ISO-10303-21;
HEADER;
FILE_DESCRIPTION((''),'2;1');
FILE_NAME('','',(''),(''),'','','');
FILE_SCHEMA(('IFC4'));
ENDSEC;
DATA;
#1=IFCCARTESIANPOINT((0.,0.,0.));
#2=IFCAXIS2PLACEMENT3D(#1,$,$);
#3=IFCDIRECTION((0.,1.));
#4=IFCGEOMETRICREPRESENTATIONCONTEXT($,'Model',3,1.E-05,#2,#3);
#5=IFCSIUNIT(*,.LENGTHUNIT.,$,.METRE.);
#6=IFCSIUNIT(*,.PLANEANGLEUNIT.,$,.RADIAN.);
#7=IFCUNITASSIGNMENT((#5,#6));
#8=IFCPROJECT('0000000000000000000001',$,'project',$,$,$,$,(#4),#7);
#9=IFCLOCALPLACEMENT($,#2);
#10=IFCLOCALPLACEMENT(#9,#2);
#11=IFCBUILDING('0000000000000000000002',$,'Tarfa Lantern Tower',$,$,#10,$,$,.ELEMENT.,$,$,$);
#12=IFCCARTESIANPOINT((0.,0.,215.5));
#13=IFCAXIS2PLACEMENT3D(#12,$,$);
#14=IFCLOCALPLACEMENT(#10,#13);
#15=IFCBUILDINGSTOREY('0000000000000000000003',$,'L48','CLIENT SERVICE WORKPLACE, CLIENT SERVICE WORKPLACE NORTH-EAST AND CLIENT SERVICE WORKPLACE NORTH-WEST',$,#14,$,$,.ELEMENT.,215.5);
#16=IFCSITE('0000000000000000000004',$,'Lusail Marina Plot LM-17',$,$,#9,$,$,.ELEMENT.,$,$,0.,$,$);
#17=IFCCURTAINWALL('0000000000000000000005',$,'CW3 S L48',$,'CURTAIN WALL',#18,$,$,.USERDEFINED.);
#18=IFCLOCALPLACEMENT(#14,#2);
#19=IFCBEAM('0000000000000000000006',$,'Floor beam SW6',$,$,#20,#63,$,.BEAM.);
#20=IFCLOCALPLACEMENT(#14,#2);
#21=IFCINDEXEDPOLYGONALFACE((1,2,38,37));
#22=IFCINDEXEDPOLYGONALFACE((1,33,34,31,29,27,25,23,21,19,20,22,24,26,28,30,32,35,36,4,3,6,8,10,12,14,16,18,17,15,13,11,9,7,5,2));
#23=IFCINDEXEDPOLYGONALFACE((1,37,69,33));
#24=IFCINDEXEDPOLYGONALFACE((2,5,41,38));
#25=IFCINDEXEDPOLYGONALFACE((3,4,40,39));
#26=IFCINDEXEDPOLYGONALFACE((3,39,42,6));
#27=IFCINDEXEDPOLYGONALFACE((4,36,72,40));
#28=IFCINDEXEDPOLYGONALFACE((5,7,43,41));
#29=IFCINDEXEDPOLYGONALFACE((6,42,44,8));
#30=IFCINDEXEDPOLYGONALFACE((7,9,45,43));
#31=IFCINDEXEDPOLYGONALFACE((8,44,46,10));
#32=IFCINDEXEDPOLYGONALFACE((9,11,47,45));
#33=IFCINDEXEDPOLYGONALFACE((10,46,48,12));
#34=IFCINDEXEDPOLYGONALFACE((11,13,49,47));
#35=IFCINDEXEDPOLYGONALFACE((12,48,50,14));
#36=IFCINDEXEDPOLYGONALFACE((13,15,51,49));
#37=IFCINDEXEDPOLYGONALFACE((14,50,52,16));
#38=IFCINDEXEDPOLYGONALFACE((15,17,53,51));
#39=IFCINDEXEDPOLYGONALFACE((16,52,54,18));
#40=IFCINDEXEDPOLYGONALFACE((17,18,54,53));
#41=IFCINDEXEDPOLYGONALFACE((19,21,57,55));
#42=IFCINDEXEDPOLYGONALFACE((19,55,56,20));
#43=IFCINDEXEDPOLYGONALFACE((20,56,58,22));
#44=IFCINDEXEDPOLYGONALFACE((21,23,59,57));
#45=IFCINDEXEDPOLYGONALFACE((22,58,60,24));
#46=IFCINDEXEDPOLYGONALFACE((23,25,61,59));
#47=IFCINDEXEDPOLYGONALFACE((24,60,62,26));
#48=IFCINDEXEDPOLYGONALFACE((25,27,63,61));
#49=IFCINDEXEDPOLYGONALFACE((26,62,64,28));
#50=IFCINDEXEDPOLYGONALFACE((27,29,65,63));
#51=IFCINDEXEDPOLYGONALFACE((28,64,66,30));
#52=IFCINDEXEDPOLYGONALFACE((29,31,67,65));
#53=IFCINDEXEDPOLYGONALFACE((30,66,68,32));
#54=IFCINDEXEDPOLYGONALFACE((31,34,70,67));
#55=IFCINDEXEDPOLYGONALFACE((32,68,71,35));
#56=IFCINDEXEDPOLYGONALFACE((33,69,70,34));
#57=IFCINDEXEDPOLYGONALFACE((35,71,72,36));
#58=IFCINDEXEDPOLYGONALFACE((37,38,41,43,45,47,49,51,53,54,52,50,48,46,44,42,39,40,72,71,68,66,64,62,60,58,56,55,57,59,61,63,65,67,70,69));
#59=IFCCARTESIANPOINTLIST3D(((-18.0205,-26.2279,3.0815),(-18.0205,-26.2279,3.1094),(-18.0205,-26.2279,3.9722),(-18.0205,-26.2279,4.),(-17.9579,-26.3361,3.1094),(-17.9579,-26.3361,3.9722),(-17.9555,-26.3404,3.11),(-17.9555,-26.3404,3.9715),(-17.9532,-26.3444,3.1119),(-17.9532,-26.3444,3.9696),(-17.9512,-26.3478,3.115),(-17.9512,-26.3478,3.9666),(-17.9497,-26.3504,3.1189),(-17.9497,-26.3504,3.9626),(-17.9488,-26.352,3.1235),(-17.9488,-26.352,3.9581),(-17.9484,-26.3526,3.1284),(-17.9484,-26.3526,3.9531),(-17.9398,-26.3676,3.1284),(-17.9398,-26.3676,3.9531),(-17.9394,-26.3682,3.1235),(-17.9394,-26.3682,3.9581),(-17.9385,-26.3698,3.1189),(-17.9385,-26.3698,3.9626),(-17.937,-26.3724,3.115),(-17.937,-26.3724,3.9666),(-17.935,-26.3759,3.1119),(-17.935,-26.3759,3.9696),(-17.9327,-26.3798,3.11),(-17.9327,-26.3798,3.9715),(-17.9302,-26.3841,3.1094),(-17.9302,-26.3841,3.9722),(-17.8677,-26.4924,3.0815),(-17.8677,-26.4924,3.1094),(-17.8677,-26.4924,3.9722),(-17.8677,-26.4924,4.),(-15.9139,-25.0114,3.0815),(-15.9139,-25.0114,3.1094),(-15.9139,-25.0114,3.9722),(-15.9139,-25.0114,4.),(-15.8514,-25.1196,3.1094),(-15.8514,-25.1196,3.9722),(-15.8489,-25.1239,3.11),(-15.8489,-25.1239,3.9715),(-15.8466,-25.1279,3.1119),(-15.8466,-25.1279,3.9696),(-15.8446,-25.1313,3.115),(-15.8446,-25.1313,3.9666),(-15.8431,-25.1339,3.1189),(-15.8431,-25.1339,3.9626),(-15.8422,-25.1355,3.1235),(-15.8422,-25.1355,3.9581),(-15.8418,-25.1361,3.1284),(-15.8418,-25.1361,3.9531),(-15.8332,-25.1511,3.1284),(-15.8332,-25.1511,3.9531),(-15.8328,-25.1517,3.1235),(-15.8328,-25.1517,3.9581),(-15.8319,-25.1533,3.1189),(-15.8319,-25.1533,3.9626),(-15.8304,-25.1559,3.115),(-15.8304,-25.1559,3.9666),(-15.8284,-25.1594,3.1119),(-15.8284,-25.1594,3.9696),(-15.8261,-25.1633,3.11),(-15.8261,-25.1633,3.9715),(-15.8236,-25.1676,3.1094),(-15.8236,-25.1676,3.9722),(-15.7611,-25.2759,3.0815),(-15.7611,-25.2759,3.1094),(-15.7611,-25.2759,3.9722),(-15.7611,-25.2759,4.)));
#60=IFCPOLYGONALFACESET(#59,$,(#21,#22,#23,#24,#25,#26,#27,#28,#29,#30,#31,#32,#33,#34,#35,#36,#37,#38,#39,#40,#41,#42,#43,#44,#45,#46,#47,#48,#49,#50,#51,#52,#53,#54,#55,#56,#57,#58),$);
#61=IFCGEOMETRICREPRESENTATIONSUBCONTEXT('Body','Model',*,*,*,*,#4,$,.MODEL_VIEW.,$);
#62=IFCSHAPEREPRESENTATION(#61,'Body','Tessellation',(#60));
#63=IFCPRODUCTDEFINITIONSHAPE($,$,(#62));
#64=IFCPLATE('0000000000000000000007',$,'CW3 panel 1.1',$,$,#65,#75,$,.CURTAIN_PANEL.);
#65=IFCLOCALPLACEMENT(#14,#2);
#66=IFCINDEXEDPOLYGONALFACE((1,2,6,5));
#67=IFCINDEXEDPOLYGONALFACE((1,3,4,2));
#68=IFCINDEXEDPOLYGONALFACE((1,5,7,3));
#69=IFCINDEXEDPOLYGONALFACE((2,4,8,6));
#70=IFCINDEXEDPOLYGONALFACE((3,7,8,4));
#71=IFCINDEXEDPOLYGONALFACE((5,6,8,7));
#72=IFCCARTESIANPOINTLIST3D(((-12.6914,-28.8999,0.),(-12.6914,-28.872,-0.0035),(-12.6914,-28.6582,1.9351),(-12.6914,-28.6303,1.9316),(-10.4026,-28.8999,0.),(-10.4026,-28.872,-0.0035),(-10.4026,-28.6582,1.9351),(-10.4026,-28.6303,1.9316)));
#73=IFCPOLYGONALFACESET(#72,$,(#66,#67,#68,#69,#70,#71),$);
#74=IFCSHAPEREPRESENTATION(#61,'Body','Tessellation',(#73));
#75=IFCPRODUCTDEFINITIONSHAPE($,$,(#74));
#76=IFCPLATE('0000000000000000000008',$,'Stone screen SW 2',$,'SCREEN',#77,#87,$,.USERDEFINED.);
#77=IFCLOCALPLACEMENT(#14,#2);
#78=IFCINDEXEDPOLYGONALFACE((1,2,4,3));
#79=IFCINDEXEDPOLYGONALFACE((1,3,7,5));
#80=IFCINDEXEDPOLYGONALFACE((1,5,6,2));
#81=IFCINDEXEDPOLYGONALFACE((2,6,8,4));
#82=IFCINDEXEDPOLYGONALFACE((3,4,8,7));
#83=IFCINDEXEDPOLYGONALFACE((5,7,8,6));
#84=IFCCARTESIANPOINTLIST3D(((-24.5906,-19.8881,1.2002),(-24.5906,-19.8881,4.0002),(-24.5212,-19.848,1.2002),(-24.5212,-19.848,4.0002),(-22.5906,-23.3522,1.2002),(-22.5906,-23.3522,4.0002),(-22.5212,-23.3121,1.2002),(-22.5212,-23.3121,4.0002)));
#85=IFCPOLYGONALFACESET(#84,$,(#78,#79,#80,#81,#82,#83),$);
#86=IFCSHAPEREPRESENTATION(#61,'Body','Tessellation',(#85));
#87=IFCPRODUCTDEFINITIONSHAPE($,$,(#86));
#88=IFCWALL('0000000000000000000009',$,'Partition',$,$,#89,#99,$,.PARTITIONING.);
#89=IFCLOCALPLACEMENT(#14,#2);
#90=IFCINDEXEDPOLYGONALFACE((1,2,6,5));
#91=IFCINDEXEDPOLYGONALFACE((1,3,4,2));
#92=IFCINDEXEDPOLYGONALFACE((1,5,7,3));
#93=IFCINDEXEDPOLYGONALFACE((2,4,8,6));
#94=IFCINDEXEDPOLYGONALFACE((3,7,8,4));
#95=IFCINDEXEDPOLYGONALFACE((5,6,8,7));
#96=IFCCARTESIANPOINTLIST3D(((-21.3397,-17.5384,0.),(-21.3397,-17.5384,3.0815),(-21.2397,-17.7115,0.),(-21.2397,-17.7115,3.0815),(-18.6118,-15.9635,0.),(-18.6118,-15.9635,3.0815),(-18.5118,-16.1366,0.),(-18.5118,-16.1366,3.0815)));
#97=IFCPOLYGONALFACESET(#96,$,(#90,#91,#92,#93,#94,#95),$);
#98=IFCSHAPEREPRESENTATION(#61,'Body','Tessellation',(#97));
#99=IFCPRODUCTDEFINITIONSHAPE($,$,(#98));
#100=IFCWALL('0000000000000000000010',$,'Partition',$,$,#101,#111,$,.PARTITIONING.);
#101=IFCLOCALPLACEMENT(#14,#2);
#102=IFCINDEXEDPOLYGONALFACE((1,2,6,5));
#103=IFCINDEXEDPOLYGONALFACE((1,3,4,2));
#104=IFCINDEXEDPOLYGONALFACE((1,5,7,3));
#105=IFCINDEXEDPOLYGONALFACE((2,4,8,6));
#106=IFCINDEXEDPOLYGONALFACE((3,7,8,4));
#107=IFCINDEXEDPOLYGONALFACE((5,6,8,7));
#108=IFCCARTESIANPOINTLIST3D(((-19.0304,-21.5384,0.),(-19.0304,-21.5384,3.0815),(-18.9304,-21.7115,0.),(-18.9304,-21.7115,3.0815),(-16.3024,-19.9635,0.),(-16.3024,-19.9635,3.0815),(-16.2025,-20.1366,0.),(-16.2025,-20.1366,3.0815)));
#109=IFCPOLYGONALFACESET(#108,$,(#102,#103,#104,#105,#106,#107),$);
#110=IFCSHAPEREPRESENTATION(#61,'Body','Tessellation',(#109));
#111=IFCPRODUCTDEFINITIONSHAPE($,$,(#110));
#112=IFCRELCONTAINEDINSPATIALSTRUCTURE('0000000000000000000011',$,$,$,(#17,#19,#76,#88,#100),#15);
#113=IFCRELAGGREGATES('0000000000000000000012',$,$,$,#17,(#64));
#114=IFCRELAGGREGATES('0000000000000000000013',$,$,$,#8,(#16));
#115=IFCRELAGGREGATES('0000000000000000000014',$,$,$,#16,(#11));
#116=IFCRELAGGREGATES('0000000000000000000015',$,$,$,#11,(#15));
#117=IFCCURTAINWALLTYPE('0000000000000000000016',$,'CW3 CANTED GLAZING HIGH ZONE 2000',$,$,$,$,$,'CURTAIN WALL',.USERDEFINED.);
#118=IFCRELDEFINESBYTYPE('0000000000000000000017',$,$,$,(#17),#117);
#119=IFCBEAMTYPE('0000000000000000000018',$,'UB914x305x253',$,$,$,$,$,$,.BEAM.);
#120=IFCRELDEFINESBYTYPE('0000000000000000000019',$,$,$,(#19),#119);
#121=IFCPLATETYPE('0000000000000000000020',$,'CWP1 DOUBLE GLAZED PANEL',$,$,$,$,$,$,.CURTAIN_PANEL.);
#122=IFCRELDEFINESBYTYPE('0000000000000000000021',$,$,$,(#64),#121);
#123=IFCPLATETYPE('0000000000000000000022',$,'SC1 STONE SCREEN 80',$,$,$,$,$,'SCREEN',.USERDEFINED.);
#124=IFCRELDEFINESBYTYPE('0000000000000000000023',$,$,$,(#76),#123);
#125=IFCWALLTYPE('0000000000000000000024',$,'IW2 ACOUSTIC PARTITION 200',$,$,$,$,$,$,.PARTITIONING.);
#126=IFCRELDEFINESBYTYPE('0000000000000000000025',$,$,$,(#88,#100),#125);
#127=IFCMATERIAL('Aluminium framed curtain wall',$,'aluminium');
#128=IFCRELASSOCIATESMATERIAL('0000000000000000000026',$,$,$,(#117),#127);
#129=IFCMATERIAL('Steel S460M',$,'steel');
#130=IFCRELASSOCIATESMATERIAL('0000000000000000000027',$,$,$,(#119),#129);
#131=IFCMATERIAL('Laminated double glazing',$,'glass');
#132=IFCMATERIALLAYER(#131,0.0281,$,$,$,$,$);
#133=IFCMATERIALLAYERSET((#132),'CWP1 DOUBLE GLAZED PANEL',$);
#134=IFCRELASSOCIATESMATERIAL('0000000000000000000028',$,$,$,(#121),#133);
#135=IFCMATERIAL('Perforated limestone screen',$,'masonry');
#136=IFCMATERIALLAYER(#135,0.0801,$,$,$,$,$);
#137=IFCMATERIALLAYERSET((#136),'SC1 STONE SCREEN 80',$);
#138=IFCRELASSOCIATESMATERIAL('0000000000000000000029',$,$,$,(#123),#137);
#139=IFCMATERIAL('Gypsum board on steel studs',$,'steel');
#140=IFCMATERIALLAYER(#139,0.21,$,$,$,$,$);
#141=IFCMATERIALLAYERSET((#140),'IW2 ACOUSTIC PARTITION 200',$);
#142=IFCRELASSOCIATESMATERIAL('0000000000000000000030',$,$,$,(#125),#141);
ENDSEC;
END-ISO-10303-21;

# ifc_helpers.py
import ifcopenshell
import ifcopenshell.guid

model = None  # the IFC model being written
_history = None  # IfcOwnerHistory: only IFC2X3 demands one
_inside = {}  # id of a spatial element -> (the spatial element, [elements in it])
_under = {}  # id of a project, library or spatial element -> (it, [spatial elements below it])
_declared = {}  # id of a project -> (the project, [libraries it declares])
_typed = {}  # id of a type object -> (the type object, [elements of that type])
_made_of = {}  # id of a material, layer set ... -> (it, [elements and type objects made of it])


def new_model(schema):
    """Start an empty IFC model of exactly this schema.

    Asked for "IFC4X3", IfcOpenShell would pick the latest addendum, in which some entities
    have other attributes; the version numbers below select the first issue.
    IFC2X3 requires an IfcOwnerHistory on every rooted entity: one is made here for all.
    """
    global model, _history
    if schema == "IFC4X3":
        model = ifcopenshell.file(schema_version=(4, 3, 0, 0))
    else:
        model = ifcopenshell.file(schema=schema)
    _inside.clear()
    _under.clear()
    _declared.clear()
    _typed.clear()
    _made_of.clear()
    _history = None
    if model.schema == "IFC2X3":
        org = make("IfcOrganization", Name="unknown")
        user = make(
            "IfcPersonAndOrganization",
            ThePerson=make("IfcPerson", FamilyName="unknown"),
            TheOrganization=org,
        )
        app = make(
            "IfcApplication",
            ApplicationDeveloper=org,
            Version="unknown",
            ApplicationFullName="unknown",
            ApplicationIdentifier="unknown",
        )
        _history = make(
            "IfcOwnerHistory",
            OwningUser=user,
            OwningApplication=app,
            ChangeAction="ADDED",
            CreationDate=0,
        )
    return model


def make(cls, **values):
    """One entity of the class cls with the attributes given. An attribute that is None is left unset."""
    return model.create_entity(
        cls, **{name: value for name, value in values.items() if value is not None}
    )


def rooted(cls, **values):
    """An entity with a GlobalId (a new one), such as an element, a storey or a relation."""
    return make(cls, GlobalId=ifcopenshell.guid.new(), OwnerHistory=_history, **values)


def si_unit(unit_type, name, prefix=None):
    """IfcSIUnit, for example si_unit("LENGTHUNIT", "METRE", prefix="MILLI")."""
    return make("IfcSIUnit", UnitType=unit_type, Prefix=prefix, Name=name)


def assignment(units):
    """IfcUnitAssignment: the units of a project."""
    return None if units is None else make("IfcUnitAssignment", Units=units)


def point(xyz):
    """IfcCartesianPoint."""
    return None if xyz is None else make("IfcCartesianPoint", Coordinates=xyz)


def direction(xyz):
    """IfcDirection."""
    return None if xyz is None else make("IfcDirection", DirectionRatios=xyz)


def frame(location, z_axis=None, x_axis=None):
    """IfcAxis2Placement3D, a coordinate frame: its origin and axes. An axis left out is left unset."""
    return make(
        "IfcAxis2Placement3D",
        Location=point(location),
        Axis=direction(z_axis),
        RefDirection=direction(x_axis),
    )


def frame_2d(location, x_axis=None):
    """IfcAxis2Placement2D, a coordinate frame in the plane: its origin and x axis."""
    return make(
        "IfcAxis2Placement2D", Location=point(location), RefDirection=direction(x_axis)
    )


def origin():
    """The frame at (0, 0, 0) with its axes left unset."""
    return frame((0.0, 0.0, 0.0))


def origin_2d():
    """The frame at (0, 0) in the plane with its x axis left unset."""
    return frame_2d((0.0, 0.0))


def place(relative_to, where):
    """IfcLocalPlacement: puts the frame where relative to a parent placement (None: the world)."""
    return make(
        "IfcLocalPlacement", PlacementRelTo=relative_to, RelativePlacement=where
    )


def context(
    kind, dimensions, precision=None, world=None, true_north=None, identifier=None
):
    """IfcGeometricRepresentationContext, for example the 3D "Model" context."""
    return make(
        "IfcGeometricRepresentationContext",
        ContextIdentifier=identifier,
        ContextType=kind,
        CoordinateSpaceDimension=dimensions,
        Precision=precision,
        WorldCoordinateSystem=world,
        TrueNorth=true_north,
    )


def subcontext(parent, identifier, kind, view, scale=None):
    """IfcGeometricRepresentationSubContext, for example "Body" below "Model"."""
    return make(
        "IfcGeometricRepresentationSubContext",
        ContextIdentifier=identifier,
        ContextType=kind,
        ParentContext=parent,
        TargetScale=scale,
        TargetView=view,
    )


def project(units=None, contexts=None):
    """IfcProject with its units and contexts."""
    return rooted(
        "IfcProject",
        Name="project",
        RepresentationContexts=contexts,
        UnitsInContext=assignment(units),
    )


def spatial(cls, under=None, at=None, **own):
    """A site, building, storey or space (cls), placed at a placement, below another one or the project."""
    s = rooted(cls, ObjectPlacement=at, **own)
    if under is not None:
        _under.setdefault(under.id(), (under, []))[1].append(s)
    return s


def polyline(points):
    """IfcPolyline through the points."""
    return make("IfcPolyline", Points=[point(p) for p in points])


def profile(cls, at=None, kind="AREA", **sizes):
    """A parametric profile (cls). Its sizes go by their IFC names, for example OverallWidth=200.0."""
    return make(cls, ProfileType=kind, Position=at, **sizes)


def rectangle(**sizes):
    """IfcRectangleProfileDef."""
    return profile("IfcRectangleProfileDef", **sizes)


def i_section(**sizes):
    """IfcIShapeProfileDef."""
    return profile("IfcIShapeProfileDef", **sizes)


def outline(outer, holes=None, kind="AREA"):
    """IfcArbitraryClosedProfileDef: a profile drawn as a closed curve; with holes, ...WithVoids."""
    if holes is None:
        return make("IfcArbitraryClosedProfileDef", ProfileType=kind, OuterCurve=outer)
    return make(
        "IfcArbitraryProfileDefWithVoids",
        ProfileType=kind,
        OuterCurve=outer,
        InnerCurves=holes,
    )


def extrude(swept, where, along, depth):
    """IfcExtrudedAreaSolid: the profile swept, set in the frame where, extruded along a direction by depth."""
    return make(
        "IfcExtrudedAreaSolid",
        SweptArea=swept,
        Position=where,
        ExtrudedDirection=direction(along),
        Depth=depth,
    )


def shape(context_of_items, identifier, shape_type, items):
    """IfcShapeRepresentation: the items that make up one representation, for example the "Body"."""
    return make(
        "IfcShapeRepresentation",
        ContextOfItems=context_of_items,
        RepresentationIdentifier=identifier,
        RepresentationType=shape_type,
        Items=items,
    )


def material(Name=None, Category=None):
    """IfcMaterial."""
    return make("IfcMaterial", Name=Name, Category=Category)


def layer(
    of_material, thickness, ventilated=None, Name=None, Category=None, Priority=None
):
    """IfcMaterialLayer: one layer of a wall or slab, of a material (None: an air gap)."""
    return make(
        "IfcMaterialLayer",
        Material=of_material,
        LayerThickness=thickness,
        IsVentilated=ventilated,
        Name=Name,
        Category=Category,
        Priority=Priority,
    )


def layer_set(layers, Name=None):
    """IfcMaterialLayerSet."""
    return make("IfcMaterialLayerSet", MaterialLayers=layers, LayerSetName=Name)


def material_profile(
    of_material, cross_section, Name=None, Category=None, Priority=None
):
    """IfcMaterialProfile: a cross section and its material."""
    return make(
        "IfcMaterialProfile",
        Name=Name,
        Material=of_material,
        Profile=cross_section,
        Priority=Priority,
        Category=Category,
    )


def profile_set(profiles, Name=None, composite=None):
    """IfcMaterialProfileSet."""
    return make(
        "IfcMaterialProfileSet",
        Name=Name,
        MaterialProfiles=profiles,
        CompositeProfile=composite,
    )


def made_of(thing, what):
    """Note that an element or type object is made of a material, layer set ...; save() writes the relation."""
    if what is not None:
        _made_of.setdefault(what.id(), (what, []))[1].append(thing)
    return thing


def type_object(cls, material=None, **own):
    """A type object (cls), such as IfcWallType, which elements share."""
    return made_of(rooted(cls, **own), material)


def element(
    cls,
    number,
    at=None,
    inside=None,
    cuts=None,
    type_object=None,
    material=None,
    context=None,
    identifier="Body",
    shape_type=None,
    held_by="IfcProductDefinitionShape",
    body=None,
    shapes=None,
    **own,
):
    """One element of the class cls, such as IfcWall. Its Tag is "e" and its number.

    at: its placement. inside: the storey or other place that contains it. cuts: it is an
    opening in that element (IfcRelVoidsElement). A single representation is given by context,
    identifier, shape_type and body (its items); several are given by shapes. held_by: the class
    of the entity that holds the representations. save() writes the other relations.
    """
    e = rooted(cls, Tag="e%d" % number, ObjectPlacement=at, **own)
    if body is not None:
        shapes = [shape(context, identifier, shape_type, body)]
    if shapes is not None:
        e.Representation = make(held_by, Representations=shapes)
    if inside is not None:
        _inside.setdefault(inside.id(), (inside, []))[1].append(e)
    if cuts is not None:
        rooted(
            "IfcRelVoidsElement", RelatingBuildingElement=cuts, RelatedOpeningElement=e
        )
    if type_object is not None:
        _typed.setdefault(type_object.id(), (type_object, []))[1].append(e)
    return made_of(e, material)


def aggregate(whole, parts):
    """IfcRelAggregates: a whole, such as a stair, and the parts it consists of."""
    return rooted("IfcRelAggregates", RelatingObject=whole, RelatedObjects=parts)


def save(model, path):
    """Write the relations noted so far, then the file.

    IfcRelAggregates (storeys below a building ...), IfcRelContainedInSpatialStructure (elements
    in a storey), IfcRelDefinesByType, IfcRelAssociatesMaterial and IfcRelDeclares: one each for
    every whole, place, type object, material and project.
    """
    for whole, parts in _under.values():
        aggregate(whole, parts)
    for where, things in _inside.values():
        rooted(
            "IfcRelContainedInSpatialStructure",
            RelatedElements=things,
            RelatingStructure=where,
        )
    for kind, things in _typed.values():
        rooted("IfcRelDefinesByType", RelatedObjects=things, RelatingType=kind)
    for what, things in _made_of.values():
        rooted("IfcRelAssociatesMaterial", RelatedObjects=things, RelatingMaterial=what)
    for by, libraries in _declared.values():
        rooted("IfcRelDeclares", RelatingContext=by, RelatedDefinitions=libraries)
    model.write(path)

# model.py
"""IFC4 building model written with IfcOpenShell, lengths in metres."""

from ifc_helpers import new_model, si_unit, direction, frame, frame_2d, origin, origin_2d, place, context, subcontext, project, spatial, polyline, rectangle, i_section, outline, extrude, material, layer, layer_set, material_profile, profile_set, type_object, element, aggregate, save


model = new_model("IFC4")

# Units and contexts
model_context = context("Model", 3, precision=1e-05, world=origin(), true_north=direction((0.0, 1.0)))
body_context = subcontext(model_context, "Body", "Model", "MODEL_VIEW")
ifc_project = project(units=[si_unit("LENGTHUNIT", "METRE"), si_unit("PLANEANGLEUNIT", "RADIAN")], contexts=[model_context])

# Site, building, storey
site_placement = place(None, origin())
site = spatial("IfcSite", under=ifc_project, at=site_placement, Name="Lusail Marina Plot LM-17", CompositionType="ELEMENT", RefElevation=0.0)
building_placement = place(site_placement, origin())
building = spatial("IfcBuilding", under=site, at=building_placement, Name="Tarfa Lantern Tower", CompositionType="ELEMENT")
storey_placement = place(building_placement, frame((0.0, 0.0, 215.5)))
storey = spatial("IfcBuildingStorey", under=building, at=storey_placement, Name="L48", Description="CLIENT SERVICE WORKPLACE, CLIENT SERVICE WORKPLACE NORTH-EAST AND CLIENT SERVICE WORKPLACE NORTH-WEST", CompositionType="ELEMENT", Elevation=215.5)

# Shared definitions
ifc_material_1 = material(Name="Steel S460M", Category="steel")

# Curtain wall
ifc_material_2 = material(Name="Aluminium framed curtain wall", Category="aluminium")
curtain_wall_type = type_object("IfcCurtainWallType", Name="CW3 CANTED GLAZING HIGH ZONE 2000", ElementType="CURTAIN WALL", PredefinedType="USERDEFINED", material=ifc_material_2)
curtain_wall_placement = place(storey_placement, origin())
curtain_wall = element("IfcCurtainWall", 1, at=curtain_wall_placement, inside=storey, type_object=curtain_wall_type, Name="CW3 S L48", ObjectType="CURTAIN WALL", PredefinedType="USERDEFINED")

# Beam
ifc_material_profile_1 = material_profile(ifc_material_1, i_section(OverallWidth=0.3054, OverallDepth=0.9185, WebThickness=0.0173, FlangeThickness=0.0278, FilletRadius=0.019, at=origin_2d()), Name="UB914x305x253")
ifc_profile_set_1 = profile_set([ifc_material_profile_1], Name="Steel S460M")
beam_type_1 = type_object("IfcBeamType", Name="UB914x305x253", PredefinedType="BEAM", material=ifc_profile_set_1)
beam_1_placement = place(storey_placement, frame((-17.9441, -26.3601, 3.5408), z_axis=(0.86598, 0.500079, 0.0), x_axis=(-0.500079, 0.86598, 0.0)))
element("IfcBeam", 2, at=beam_1_placement, inside=storey, type_object=beam_type_1, Name="Floor beam SW6", PredefinedType="BEAM", context=body_context, shape_type="SweptSolid", body=[
    extrude(i_section(OverallWidth=0.3054, OverallDepth=0.9185, WebThickness=0.0173, FlangeThickness=0.0278, FilletRadius=0.019, at=origin_2d()), origin(), (0.0, 0.0, 1.0), 2.4326),
])

# Plates
ifc_material_3 = material(Name="Laminated double glazing", Category="glass")
ifc_layer_1 = layer(ifc_material_3, 0.0281)
ifc_layer_set_1 = layer_set([ifc_layer_1], Name="CWP1 DOUBLE GLAZED PANEL")
plate_type_1 = type_object("IfcPlateType", Name="CWP1 DOUBLE GLAZED PANEL", PredefinedType="CURTAIN_PANEL", material=ifc_layer_set_1)
plate_1_placement = place(storey_placement, frame((-12.6914, -28.8999, 0.0), z_axis=(0.0, -0.992289, 0.123942), x_axis=(1.0, 0.0, 0.0)))
plate_1 = element("IfcPlate", 3, at=plate_1_placement, type_object=plate_type_1, Name="CW3 panel 1.1", PredefinedType="CURTAIN_PANEL", context=body_context, shape_type="SweptSolid", body=[
    extrude(outline(polyline([(0.0, 0.0), (2.2888, 0.0), (2.2888, 1.9501), (0.0, 1.9501), (0.0, 0.0)])), origin(), (0.0, 0.0, -1.0), 0.0281),
])
aggregate(curtain_wall, [plate_1])
ifc_material_4 = material(Name="Perforated limestone screen", Category="masonry")
ifc_layer_2 = layer(ifc_material_4, 0.0801)
ifc_layer_set_2 = layer_set([ifc_layer_2], Name="SC1 STONE SCREEN 80")
plate_type_2 = type_object("IfcPlateType", Name="SC1 STONE SCREEN 80", ElementType="SCREEN", PredefinedType="USERDEFINED", material=ifc_layer_set_2)
plate_2_placement = place(storey_placement, frame((-23.5559, -21.6001, 1.2002), z_axis=(0.0, 0.0, 1.0), x_axis=(0.5, -0.866025, 0.0)))
element("IfcPlate", 4, at=plate_2_placement, inside=storey, type_object=plate_type_2, Name="Stone screen SW 2", ObjectType="SCREEN", PredefinedType="USERDEFINED", context=body_context, shape_type="SweptSolid", body=[
    extrude(rectangle(XDim=4.0, YDim=0.0801, at=origin_2d()), origin(), (0.0, 0.0, 1.0), 2.8),
])

# Walls
ifc_material_5 = material(Name="Gypsum board on steel studs", Category="steel")
ifc_layer_3 = layer(ifc_material_5, 0.21)
ifc_layer_set_3 = layer_set([ifc_layer_3], Name="IW2 ACOUSTIC PARTITION 200")
wall_type = type_object("IfcWallType", Name="IW2 ACOUSTIC PARTITION 200", PredefinedType="PARTITIONING", material=ifc_layer_set_3)
for number, where, z_axis, x_axis, name in (
    (5, (-18.5618, -16.05, 0.0), (0.0, 0.0, 1.0), (-0.866036, -0.499982, 0.0), "Partition"),
    (6, (-16.2524, -20.05, 0.0), (0.0, 0.0, 1.0), (-0.866036, -0.499982, 0.0), "Partition"),
):
    element("IfcWall", number, at=place(storey_placement, frame(where, z_axis=z_axis, x_axis=x_axis)), inside=storey, type_object=wall_type, Name=name, PredefinedType="PARTITIONING", context=body_context, shape_type="SweptSolid", body=[
        extrude(rectangle(XDim=3.1499, YDim=0.2, at=frame_2d((1.575, 0.0))), origin(), (0.0, 0.0, 1.0), 3.0815),
    ])

save(model, "model.ifc")
